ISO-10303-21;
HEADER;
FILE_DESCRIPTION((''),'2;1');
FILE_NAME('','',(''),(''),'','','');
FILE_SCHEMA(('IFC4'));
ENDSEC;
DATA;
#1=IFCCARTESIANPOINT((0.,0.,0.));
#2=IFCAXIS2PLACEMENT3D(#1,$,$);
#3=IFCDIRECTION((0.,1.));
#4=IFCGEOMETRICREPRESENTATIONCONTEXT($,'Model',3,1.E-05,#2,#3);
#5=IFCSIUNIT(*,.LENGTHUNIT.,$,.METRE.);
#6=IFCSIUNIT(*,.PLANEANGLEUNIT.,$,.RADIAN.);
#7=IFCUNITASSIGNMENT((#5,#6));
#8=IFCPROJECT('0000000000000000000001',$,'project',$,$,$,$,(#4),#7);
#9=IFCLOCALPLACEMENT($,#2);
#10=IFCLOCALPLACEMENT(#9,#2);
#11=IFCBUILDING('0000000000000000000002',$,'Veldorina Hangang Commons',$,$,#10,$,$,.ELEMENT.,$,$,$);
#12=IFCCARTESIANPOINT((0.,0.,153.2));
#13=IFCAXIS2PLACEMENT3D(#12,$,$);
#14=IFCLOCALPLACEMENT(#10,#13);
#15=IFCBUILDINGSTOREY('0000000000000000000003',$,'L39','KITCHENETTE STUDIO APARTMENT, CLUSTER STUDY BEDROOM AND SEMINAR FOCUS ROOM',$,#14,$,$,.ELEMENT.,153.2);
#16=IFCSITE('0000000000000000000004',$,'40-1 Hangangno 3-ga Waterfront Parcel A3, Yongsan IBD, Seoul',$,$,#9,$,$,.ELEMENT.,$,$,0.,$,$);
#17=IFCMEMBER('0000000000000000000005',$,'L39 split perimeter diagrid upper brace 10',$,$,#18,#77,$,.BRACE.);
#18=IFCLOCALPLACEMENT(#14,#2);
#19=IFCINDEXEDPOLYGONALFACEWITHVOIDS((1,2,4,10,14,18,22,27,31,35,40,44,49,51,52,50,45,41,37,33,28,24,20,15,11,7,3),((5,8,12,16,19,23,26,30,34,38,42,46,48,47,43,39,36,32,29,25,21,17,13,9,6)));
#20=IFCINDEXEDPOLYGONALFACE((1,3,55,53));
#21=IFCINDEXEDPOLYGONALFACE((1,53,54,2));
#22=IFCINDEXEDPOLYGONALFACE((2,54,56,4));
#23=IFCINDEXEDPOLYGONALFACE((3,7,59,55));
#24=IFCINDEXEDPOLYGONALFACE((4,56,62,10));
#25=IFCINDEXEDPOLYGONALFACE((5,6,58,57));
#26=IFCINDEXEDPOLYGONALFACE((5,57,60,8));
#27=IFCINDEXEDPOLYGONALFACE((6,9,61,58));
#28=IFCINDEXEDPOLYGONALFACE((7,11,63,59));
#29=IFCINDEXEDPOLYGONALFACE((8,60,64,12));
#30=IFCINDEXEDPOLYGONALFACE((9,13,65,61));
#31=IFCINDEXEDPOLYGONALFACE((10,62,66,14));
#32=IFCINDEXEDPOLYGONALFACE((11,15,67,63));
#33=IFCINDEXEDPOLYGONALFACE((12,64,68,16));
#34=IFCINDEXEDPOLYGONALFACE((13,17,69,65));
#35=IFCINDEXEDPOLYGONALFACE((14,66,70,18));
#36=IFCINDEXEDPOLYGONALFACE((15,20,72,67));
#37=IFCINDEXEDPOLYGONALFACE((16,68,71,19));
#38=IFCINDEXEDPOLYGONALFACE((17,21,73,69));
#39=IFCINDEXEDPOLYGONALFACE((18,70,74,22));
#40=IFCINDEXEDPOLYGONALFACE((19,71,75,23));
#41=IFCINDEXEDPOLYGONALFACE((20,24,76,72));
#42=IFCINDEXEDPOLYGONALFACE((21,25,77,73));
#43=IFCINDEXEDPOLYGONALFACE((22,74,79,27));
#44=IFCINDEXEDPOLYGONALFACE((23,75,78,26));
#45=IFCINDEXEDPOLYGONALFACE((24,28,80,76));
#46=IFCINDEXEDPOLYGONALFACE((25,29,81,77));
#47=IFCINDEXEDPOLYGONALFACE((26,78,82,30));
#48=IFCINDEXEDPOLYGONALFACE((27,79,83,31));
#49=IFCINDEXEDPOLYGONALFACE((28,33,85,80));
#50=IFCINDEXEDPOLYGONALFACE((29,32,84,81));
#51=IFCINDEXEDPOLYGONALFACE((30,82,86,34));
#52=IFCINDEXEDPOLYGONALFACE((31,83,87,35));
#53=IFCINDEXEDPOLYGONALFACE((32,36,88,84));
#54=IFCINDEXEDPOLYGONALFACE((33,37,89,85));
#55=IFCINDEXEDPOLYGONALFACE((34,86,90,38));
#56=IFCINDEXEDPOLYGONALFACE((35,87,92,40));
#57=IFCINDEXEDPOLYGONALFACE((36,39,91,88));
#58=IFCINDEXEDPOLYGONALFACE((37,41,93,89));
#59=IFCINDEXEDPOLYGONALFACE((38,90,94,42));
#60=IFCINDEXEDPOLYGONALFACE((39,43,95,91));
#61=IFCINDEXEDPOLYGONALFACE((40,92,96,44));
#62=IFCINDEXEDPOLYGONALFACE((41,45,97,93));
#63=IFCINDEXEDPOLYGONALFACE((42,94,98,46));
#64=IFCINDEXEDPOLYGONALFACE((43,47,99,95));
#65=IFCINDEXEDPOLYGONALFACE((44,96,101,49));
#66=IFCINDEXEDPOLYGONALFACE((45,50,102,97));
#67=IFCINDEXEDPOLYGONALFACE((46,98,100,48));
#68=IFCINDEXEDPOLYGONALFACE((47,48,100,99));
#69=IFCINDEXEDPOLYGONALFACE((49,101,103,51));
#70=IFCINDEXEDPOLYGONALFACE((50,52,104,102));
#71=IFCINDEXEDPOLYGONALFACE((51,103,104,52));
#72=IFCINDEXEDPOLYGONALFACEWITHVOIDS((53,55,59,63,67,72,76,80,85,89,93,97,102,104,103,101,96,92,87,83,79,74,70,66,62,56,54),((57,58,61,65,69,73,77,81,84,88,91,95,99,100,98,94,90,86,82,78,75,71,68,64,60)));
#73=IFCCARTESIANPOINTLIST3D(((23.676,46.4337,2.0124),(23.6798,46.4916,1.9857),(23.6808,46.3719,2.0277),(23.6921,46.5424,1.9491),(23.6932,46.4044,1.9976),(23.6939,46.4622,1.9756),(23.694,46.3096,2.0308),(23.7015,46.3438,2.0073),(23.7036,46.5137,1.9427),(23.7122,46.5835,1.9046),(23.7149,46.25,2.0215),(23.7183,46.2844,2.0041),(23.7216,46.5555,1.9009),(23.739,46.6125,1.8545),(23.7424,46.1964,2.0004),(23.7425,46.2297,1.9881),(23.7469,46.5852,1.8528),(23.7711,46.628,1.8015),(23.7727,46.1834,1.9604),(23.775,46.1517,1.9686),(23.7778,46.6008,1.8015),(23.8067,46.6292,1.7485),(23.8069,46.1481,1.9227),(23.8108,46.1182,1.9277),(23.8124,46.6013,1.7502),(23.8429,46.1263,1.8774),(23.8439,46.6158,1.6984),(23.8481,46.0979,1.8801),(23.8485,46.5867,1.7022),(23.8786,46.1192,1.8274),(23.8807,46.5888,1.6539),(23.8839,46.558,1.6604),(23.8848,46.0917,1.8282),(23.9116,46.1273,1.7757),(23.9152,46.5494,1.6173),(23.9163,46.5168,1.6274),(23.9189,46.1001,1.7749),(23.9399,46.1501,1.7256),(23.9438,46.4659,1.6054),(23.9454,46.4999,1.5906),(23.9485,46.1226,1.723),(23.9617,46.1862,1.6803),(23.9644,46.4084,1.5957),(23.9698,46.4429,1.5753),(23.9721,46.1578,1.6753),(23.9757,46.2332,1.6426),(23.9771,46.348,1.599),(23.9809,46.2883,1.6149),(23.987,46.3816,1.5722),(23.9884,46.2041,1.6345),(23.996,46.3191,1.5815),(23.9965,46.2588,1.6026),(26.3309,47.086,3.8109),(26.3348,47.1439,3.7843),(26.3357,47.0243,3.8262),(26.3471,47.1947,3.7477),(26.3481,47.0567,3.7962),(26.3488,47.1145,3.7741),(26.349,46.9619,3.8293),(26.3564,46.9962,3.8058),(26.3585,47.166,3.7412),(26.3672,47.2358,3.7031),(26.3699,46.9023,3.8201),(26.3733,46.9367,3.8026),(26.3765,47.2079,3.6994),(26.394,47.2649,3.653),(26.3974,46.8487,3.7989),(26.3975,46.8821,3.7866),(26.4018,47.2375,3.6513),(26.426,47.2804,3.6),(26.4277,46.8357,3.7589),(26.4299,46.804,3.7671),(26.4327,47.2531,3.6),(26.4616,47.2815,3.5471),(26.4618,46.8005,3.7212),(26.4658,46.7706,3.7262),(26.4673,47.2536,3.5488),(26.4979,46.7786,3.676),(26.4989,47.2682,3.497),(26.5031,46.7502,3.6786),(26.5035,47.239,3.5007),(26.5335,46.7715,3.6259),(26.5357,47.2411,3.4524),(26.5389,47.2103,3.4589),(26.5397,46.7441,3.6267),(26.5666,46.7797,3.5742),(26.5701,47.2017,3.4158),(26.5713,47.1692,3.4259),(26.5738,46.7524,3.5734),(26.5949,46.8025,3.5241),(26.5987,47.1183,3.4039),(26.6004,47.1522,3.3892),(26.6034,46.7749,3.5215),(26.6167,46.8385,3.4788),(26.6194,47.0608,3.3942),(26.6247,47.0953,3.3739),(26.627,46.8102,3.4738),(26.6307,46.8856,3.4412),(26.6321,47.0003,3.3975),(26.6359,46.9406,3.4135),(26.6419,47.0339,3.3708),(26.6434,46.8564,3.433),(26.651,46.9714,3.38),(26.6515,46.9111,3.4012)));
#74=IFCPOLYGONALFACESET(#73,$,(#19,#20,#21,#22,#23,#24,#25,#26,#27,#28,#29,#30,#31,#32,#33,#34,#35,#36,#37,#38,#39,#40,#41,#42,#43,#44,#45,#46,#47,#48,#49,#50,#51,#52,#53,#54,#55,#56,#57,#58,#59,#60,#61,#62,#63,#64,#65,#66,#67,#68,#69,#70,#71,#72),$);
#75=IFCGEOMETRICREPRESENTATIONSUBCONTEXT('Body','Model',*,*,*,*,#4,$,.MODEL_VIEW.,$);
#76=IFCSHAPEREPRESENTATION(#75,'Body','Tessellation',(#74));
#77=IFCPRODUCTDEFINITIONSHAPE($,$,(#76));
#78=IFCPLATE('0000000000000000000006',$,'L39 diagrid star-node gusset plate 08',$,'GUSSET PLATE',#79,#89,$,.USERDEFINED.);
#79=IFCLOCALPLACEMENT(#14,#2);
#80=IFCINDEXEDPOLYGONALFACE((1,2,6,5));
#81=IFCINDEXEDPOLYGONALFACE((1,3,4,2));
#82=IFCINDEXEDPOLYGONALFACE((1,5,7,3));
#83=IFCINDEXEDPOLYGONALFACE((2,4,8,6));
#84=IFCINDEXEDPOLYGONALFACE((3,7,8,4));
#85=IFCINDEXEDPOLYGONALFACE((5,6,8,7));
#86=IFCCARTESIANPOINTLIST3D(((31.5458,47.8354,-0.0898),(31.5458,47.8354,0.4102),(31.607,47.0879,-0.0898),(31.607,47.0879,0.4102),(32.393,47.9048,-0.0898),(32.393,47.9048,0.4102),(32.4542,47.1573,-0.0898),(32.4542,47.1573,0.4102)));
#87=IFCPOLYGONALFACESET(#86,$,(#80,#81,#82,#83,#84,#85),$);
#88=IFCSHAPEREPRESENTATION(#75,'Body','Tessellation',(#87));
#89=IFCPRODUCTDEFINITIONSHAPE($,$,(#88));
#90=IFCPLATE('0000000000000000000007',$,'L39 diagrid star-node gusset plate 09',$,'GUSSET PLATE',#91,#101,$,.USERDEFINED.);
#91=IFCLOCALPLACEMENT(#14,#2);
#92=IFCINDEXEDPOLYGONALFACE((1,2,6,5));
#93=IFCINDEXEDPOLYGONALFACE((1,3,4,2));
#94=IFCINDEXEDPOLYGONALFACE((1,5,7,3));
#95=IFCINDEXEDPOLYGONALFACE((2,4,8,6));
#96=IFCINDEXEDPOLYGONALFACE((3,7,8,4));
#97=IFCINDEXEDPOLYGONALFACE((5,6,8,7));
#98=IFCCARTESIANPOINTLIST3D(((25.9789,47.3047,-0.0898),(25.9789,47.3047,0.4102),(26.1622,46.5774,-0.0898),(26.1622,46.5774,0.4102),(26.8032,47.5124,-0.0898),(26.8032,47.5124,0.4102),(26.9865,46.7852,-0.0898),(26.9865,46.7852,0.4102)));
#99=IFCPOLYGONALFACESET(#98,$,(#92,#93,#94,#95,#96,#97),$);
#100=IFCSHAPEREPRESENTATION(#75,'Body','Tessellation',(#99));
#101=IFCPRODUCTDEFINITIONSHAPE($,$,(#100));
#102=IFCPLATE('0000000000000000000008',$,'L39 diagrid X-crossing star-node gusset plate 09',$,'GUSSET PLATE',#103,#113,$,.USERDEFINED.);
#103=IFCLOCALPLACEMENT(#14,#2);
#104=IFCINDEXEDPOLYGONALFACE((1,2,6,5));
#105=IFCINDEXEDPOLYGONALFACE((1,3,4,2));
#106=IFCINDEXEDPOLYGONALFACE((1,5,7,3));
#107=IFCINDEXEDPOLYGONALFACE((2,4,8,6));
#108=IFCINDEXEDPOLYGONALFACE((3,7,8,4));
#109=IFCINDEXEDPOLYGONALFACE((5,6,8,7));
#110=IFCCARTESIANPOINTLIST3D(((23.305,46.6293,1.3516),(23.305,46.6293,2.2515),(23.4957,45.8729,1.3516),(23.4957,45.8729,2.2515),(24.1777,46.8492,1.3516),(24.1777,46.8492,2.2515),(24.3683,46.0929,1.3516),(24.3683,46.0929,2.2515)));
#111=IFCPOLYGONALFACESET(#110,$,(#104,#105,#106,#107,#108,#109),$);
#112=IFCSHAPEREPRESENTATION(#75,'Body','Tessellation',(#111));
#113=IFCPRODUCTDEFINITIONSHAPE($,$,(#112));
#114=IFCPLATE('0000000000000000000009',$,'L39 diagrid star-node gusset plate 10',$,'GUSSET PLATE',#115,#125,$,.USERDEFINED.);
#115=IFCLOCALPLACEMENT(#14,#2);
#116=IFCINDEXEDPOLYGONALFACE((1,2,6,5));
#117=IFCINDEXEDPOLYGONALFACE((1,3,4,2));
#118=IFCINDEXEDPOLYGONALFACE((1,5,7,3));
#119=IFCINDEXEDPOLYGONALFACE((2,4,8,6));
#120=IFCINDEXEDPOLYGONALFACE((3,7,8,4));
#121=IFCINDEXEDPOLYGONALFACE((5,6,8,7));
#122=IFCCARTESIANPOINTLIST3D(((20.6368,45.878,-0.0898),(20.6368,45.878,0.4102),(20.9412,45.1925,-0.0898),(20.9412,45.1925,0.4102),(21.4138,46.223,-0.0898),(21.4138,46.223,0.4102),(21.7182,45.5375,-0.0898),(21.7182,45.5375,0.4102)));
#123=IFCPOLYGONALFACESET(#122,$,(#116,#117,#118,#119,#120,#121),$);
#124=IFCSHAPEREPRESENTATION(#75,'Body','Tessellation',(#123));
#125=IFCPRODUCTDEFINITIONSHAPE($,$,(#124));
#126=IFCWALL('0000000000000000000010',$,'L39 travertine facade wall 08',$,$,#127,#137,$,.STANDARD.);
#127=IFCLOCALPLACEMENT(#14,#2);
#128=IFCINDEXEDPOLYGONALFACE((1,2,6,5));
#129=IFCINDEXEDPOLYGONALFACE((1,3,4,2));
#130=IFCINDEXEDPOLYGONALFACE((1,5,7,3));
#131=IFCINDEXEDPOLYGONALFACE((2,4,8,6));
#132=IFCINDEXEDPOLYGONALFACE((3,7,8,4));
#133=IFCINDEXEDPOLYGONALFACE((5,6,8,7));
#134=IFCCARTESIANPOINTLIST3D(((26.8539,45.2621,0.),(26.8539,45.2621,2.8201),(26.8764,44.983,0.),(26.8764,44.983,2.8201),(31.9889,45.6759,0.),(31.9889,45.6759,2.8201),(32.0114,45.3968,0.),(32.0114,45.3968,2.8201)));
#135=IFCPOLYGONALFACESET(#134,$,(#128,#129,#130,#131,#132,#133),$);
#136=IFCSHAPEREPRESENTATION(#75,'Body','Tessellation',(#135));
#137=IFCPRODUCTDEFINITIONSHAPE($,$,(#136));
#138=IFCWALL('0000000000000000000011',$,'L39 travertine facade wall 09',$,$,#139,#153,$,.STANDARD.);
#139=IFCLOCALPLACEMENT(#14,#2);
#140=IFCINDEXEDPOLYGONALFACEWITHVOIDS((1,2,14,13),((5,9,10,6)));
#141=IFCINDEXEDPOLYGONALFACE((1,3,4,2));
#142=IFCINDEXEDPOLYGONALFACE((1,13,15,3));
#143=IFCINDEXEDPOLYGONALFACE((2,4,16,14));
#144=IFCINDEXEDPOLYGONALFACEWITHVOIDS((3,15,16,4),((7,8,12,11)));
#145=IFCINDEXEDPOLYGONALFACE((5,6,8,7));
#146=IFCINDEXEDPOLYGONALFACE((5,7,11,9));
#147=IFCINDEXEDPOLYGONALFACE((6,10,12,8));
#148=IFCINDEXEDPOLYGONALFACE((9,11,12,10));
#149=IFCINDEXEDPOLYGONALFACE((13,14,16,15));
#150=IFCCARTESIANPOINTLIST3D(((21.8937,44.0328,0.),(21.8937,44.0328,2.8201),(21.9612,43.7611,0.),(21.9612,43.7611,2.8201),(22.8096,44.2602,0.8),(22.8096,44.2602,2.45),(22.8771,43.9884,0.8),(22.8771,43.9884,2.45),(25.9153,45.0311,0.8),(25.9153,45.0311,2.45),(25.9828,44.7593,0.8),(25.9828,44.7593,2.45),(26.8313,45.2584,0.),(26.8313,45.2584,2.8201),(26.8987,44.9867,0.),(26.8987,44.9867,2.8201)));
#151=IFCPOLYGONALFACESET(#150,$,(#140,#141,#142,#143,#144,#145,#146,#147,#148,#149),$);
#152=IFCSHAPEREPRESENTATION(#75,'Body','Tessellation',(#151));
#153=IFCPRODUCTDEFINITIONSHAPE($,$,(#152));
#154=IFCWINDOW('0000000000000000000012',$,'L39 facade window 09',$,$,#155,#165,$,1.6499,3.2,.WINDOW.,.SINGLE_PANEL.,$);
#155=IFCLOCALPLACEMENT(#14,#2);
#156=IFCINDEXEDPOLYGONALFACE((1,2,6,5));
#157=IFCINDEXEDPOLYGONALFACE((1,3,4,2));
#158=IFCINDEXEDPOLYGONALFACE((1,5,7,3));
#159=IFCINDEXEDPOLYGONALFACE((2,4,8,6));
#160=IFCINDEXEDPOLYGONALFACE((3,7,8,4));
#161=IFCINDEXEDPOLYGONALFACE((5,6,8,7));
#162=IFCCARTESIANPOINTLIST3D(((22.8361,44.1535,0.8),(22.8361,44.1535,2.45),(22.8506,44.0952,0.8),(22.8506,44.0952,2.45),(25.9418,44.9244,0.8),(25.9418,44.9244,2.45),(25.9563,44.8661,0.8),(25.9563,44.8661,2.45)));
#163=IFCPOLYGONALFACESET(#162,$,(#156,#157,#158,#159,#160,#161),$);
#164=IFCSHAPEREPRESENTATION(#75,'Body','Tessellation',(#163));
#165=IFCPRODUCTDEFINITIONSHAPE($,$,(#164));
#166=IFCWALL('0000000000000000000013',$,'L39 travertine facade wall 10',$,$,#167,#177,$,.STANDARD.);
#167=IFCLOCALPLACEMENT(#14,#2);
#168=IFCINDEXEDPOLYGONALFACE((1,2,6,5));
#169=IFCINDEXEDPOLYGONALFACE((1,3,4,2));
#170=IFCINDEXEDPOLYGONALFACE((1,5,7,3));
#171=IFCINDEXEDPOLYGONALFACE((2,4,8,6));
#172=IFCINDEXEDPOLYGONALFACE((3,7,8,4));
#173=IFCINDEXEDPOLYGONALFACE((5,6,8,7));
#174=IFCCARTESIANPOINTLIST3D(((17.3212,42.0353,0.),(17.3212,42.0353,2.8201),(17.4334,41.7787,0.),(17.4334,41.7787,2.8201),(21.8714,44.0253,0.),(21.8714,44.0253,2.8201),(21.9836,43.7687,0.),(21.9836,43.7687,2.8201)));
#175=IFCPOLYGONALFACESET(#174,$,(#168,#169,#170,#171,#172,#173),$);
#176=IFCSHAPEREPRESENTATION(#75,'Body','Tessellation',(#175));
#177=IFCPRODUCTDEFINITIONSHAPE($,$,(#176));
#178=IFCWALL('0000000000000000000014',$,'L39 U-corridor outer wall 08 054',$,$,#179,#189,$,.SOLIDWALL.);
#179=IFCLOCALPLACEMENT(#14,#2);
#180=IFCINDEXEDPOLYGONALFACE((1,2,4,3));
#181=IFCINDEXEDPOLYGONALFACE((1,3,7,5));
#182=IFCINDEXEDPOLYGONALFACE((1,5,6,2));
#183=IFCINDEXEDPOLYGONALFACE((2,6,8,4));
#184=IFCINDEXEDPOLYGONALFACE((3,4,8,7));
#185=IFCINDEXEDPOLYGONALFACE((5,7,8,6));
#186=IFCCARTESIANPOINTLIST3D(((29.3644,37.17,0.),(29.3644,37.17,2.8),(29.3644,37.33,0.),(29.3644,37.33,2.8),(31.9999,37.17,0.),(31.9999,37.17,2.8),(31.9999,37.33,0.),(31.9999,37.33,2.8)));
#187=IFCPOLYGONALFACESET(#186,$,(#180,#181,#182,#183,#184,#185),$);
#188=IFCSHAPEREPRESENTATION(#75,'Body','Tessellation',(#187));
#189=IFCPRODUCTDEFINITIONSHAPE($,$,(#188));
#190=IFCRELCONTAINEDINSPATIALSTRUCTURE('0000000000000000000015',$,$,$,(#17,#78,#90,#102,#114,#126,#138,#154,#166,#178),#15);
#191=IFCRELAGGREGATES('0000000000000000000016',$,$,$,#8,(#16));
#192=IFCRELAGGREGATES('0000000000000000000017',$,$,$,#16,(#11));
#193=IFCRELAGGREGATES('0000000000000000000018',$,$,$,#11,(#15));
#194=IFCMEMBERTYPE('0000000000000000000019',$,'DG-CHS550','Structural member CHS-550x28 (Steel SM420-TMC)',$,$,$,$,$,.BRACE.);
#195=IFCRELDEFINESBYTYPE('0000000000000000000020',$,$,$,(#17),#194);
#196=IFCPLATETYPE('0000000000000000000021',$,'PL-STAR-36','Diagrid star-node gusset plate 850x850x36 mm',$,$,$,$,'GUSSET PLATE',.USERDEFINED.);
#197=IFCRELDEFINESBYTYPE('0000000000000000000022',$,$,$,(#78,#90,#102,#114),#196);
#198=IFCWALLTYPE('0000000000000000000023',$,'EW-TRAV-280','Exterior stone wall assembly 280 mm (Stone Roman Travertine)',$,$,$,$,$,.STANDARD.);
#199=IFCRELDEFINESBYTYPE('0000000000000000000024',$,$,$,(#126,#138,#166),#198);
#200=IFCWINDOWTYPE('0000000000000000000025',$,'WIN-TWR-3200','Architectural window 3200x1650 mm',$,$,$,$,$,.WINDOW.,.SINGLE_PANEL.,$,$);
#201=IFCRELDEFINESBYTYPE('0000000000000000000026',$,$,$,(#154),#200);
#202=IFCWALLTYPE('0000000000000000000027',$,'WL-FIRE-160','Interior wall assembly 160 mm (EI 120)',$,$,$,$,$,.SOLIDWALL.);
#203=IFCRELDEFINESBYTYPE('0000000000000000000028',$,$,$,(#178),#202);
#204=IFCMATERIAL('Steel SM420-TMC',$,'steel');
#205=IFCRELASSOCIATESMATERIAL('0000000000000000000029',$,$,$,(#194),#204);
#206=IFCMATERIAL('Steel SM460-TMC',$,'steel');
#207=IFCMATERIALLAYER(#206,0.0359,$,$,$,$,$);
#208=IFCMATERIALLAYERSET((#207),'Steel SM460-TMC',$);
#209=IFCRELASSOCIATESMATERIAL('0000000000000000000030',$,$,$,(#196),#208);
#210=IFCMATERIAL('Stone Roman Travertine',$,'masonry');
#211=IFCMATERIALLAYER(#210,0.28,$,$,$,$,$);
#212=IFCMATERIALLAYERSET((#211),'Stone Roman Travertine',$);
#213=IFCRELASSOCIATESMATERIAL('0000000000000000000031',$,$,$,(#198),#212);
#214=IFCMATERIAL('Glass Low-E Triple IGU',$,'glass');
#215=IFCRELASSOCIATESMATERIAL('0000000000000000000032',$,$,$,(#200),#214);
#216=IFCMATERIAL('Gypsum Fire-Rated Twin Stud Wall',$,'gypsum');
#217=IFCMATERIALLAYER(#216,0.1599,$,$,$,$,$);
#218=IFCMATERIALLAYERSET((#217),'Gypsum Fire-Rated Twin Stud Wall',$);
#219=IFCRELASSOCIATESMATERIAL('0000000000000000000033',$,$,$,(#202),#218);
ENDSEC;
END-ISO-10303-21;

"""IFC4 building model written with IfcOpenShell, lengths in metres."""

from ifc_helpers import new_model, si_unit, direction, frame, frame_2d, origin, origin_2d, place, context, subcontext, project, spatial, rectangle, hollow_circle, extrude, material, layer, layer_set, material_profile, profile_set, type_object, element, fill, save


model = new_model("IFC4")

# Units and contexts
model_context = context("Model", 3, precision=1e-05, world=origin(), true_north=direction((0.0, 1.0)))
body_context = subcontext(model_context, "Body", "Model", "MODEL_VIEW")
ifc_project = project(units=[si_unit("LENGTHUNIT", "METRE"), si_unit("PLANEANGLEUNIT", "RADIAN")], contexts=[model_context])

# Site, building, storey
site_placement = place(None, origin())
site = spatial("IfcSite", under=ifc_project, at=site_placement, Name="40-1 Hangangno 3-ga Waterfront Parcel A3, Yongsan IBD, Seoul", CompositionType="ELEMENT", RefElevation=0.0)
building_placement = place(site_placement, origin())
building = spatial("IfcBuilding", under=site, at=building_placement, Name="Veldorina Hangang Commons", CompositionType="ELEMENT")
storey_placement = place(building_placement, frame((0.0, 0.0, 153.2)))
storey = spatial("IfcBuildingStorey", under=building, at=storey_placement, Name="L39", Description="KITCHENETTE STUDIO APARTMENT, CLUSTER STUDY BEDROOM AND SEMINAR FOCUS ROOM", CompositionType="ELEMENT", Elevation=153.2)

# Shared definitions
ifc_material_1 = material(Name="Steel SM420-TMC", Category="steel")

# Member
ifc_material_profile_1 = material_profile(ifc_material_1, hollow_circle(Radius=0.2749, WallThickness=0.0281, at=origin_2d()), Name="CHS-550x28")
ifc_profile_set_1 = profile_set([ifc_material_profile_1], Name="Steel SM420-TMC")
member_type = type_object("IfcMemberType", Name="DG-CHS550", Description="Structural member CHS-550x28 (Steel SM420-TMC)", PredefinedType="BRACE", material=ifc_profile_set_1)
member_1_placement = place(storey_placement, frame((23.8367, 46.3611, 1.8015), z_axis=(0.811301, 0.199338, 0.549596), x_axis=(-0.238605, 0.971117, 0.0)))
element("IfcMember", 1, at=member_1_placement, inside=storey, type_object=member_type, Name="L39 split perimeter diagrid upper brace 10", PredefinedType="BRACE", context=body_context, shape_type="SweptSolid", body=[
    extrude(hollow_circle(Radius=0.2749, WallThickness=0.0281, at=origin_2d()), origin(), (0.0, 0.0, 1.0), 3.2725),
])

# Plates
ifc_material_2 = material(Name="Steel SM460-TMC", Category="steel")
ifc_layer_1 = layer(ifc_material_2, 0.0359)
ifc_layer_set_1 = layer_set([ifc_layer_1], Name="Steel SM460-TMC")
plate_type = type_object("IfcPlateType", Name="PL-STAR-36", Description="Diagrid star-node gusset plate 850x850x36 mm", ElementType="GUSSET PLATE", PredefinedType="USERDEFINED", material=ifc_layer_set_1)
for number, where, z_axis, x_axis, name in (
    (2, (32.0, 47.4963, -0.0898), (0.0, 0.0, 1.0), (-0.996669, -0.081556, 0.0), "L39 diagrid star-node gusset plate 08"),
    (3, (26.4827, 47.0449, -0.0898), (0.0, 0.0, 1.0), (-0.969676, -0.244394, 0.0), "L39 diagrid star-node gusset plate 09"),
):
    element("IfcPlate", number, at=place(storey_placement, frame(where, z_axis=z_axis, x_axis=x_axis)), inside=storey, type_object=plate_type, Name=name, ObjectType="GUSSET PLATE", PredefinedType="USERDEFINED", context=body_context, shape_type="SweptSolid", body=[
        extrude(rectangle(XDim=0.8501, YDim=0.75, at=origin_2d()), origin(), (0.0, 0.0, 1.0), 0.5),
    ])
plate_1_placement = place(storey_placement, frame((23.8367, 46.3611, 1.3516), z_axis=(0.0, 0.0, 1.0), x_axis=(-0.969676, -0.244394, 0.0)))
element("IfcPlate", 4, at=plate_1_placement, inside=storey, type_object=plate_type, Name="L39 diagrid X-crossing star-node gusset plate 09", ObjectType="GUSSET PLATE", PredefinedType="USERDEFINED", context=body_context, shape_type="SweptSolid", body=[
    extrude(rectangle(XDim=0.8999, YDim=0.78, at=origin_2d()), origin(), (0.0, 0.0, 1.0), 0.8999),
])
plate_2_placement = place(storey_placement, frame((21.1775, 45.7078, -0.0898), z_axis=(0.0, 0.0, 1.0), x_axis=(-0.913935, -0.40586, 0.0)))
element("IfcPlate", 5, at=plate_2_placement, inside=storey, type_object=plate_type, Name="L39 diagrid star-node gusset plate 10", ObjectType="GUSSET PLATE", PredefinedType="USERDEFINED", context=body_context, shape_type="SweptSolid", body=[
    extrude(rectangle(XDim=0.8501, YDim=0.75, at=origin_2d()), origin(), (0.0, 0.0, 1.0), 0.5),
])

# Wall
ifc_material_3 = material(Name="Stone Roman Travertine", Category="masonry")
ifc_layer_2 = layer(ifc_material_3, 0.28)
ifc_layer_set_2 = layer_set([ifc_layer_2], Name="Stone Roman Travertine")
wall_type_1 = type_object("IfcWallType", Name="EW-TRAV-280", Description="Exterior stone wall assembly 280 mm (Stone Roman Travertine)", PredefinedType="STANDARD", material=ifc_layer_set_2)
wall_1_placement = place(storey_placement, frame((32.0, 45.5364, 0.0), z_axis=(0.0, 0.0, 1.0), x_axis=(-0.996769, -0.080327, 0.0)))
element("IfcWall", 6, at=wall_1_placement, inside=storey, type_object=wall_type_1, Name="L39 travertine facade wall 08", PredefinedType="STANDARD", context=body_context, shape_type="SweptSolid", body=[
    extrude(rectangle(XDim=5.1516, YDim=0.28, at=frame_2d((2.5757, 0.0))), origin(), (0.0, 0.0, 1.0), 2.8201),
])

# Wall, opening, window
wall_2_placement = place(storey_placement, frame((26.865, 45.1226, 0.0), z_axis=(0.0, 0.0, 1.0), x_axis=(-0.970548, -0.240909, 0.0)))
wall_2 = element("IfcWall", 7, at=wall_2_placement, inside=storey, type_object=wall_type_1, Name="L39 travertine facade wall 09", PredefinedType="STANDARD", context=body_context, shape_type="SweptSolid", body=[
    extrude(rectangle(XDim=5.0874, YDim=0.28, at=frame_2d((2.5437, 0.0))), origin(), (0.0, 0.0, 1.0), 2.8201),
])
opening_1_placement = place(wall_2_placement, frame((0.9436, 0.0, 0.8)))
opening_1 = element("IfcOpeningElement", 8, at=opening_1_placement, cuts=wall_2, PredefinedType="OPENING", context=body_context, shape_type="SweptSolid", body=[
    extrude(rectangle(XDim=3.2, YDim=1.6499, at=frame_2d((1.6001, 0.825))), frame((0.0, 0.1499, 0.0), z_axis=(0.0, -1.0, 0.0), x_axis=(1.0, 0.0, 0.0)), (0.0, 0.0, 1.0), 0.3),
])
ifc_material_4 = material(Name="Glass Low-E Triple IGU", Category="glass")
window_type = type_object("IfcWindowType", Name="WIN-TWR-3200", Description="Architectural window 3200x1650 mm", PartitioningType="SINGLE_PANEL", PredefinedType="WINDOW", material=ifc_material_4)
window_placement = place(opening_1_placement, origin())
window = element("IfcWindow", 9, at=window_placement, inside=storey, type_object=window_type, Name="L39 facade window 09", OverallHeight=1.6499, OverallWidth=3.2, PartitioningType="SINGLE_PANEL", PredefinedType="WINDOW", context=body_context, shape_type="SweptSolid", body=[
    extrude(rectangle(XDim=3.2, YDim=1.6499, at=frame_2d((1.6001, 0.825))), frame((0.0, 0.03, 0.0), z_axis=(0.0, -1.0, 0.0), x_axis=(1.0, 0.0, 0.0)), (0.0, 0.0, 1.0), 0.0601),
])
fill(opening_1, window)

# Walls
wall_3_placement = place(storey_placement, frame((21.9275, 43.897, 0.0), z_axis=(0.0, 0.0, 1.0), x_axis=(-0.916214, -0.40069, 0.0)))
element("IfcWall", 10, at=wall_3_placement, inside=storey, type_object=wall_type_1, Name="L39 travertine facade wall 10", PredefinedType="STANDARD", context=body_context, shape_type="SweptSolid", body=[
    extrude(rectangle(XDim=4.9663, YDim=0.28, at=frame_2d((2.4832, 0.0))), origin(), (0.0, 0.0, 1.0), 2.8201),
])
ifc_material_5 = material(Name="Gypsum Fire-Rated Twin Stud Wall", Category="gypsum")
ifc_layer_3 = layer(ifc_material_5, 0.1599)
ifc_layer_set_3 = layer_set([ifc_layer_3], Name="Gypsum Fire-Rated Twin Stud Wall")
wall_type_2 = type_object("IfcWallType", Name="WL-FIRE-160", Description="Interior wall assembly 160 mm (EI 120)", PredefinedType="SOLIDWALL", material=ifc_layer_set_3)
wall_4_placement = place(storey_placement, frame((32.0, 37.25, 0.0), z_axis=(0.0, 0.0, 1.0), x_axis=(-1.0, 0.0, 0.0)))
element("IfcWall", 11, at=wall_4_placement, inside=storey, type_object=wall_type_2, Name="L39 U-corridor outer wall 08 054", PredefinedType="SOLIDWALL", context=body_context, shape_type="SweptSolid", body=[
    extrude(rectangle(XDim=2.6355, YDim=0.1599, at=frame_2d((1.3179, 0.0))), origin(), (0.0, 0.0, 1.0), 2.8),
])

save(model, "model.ifc")
